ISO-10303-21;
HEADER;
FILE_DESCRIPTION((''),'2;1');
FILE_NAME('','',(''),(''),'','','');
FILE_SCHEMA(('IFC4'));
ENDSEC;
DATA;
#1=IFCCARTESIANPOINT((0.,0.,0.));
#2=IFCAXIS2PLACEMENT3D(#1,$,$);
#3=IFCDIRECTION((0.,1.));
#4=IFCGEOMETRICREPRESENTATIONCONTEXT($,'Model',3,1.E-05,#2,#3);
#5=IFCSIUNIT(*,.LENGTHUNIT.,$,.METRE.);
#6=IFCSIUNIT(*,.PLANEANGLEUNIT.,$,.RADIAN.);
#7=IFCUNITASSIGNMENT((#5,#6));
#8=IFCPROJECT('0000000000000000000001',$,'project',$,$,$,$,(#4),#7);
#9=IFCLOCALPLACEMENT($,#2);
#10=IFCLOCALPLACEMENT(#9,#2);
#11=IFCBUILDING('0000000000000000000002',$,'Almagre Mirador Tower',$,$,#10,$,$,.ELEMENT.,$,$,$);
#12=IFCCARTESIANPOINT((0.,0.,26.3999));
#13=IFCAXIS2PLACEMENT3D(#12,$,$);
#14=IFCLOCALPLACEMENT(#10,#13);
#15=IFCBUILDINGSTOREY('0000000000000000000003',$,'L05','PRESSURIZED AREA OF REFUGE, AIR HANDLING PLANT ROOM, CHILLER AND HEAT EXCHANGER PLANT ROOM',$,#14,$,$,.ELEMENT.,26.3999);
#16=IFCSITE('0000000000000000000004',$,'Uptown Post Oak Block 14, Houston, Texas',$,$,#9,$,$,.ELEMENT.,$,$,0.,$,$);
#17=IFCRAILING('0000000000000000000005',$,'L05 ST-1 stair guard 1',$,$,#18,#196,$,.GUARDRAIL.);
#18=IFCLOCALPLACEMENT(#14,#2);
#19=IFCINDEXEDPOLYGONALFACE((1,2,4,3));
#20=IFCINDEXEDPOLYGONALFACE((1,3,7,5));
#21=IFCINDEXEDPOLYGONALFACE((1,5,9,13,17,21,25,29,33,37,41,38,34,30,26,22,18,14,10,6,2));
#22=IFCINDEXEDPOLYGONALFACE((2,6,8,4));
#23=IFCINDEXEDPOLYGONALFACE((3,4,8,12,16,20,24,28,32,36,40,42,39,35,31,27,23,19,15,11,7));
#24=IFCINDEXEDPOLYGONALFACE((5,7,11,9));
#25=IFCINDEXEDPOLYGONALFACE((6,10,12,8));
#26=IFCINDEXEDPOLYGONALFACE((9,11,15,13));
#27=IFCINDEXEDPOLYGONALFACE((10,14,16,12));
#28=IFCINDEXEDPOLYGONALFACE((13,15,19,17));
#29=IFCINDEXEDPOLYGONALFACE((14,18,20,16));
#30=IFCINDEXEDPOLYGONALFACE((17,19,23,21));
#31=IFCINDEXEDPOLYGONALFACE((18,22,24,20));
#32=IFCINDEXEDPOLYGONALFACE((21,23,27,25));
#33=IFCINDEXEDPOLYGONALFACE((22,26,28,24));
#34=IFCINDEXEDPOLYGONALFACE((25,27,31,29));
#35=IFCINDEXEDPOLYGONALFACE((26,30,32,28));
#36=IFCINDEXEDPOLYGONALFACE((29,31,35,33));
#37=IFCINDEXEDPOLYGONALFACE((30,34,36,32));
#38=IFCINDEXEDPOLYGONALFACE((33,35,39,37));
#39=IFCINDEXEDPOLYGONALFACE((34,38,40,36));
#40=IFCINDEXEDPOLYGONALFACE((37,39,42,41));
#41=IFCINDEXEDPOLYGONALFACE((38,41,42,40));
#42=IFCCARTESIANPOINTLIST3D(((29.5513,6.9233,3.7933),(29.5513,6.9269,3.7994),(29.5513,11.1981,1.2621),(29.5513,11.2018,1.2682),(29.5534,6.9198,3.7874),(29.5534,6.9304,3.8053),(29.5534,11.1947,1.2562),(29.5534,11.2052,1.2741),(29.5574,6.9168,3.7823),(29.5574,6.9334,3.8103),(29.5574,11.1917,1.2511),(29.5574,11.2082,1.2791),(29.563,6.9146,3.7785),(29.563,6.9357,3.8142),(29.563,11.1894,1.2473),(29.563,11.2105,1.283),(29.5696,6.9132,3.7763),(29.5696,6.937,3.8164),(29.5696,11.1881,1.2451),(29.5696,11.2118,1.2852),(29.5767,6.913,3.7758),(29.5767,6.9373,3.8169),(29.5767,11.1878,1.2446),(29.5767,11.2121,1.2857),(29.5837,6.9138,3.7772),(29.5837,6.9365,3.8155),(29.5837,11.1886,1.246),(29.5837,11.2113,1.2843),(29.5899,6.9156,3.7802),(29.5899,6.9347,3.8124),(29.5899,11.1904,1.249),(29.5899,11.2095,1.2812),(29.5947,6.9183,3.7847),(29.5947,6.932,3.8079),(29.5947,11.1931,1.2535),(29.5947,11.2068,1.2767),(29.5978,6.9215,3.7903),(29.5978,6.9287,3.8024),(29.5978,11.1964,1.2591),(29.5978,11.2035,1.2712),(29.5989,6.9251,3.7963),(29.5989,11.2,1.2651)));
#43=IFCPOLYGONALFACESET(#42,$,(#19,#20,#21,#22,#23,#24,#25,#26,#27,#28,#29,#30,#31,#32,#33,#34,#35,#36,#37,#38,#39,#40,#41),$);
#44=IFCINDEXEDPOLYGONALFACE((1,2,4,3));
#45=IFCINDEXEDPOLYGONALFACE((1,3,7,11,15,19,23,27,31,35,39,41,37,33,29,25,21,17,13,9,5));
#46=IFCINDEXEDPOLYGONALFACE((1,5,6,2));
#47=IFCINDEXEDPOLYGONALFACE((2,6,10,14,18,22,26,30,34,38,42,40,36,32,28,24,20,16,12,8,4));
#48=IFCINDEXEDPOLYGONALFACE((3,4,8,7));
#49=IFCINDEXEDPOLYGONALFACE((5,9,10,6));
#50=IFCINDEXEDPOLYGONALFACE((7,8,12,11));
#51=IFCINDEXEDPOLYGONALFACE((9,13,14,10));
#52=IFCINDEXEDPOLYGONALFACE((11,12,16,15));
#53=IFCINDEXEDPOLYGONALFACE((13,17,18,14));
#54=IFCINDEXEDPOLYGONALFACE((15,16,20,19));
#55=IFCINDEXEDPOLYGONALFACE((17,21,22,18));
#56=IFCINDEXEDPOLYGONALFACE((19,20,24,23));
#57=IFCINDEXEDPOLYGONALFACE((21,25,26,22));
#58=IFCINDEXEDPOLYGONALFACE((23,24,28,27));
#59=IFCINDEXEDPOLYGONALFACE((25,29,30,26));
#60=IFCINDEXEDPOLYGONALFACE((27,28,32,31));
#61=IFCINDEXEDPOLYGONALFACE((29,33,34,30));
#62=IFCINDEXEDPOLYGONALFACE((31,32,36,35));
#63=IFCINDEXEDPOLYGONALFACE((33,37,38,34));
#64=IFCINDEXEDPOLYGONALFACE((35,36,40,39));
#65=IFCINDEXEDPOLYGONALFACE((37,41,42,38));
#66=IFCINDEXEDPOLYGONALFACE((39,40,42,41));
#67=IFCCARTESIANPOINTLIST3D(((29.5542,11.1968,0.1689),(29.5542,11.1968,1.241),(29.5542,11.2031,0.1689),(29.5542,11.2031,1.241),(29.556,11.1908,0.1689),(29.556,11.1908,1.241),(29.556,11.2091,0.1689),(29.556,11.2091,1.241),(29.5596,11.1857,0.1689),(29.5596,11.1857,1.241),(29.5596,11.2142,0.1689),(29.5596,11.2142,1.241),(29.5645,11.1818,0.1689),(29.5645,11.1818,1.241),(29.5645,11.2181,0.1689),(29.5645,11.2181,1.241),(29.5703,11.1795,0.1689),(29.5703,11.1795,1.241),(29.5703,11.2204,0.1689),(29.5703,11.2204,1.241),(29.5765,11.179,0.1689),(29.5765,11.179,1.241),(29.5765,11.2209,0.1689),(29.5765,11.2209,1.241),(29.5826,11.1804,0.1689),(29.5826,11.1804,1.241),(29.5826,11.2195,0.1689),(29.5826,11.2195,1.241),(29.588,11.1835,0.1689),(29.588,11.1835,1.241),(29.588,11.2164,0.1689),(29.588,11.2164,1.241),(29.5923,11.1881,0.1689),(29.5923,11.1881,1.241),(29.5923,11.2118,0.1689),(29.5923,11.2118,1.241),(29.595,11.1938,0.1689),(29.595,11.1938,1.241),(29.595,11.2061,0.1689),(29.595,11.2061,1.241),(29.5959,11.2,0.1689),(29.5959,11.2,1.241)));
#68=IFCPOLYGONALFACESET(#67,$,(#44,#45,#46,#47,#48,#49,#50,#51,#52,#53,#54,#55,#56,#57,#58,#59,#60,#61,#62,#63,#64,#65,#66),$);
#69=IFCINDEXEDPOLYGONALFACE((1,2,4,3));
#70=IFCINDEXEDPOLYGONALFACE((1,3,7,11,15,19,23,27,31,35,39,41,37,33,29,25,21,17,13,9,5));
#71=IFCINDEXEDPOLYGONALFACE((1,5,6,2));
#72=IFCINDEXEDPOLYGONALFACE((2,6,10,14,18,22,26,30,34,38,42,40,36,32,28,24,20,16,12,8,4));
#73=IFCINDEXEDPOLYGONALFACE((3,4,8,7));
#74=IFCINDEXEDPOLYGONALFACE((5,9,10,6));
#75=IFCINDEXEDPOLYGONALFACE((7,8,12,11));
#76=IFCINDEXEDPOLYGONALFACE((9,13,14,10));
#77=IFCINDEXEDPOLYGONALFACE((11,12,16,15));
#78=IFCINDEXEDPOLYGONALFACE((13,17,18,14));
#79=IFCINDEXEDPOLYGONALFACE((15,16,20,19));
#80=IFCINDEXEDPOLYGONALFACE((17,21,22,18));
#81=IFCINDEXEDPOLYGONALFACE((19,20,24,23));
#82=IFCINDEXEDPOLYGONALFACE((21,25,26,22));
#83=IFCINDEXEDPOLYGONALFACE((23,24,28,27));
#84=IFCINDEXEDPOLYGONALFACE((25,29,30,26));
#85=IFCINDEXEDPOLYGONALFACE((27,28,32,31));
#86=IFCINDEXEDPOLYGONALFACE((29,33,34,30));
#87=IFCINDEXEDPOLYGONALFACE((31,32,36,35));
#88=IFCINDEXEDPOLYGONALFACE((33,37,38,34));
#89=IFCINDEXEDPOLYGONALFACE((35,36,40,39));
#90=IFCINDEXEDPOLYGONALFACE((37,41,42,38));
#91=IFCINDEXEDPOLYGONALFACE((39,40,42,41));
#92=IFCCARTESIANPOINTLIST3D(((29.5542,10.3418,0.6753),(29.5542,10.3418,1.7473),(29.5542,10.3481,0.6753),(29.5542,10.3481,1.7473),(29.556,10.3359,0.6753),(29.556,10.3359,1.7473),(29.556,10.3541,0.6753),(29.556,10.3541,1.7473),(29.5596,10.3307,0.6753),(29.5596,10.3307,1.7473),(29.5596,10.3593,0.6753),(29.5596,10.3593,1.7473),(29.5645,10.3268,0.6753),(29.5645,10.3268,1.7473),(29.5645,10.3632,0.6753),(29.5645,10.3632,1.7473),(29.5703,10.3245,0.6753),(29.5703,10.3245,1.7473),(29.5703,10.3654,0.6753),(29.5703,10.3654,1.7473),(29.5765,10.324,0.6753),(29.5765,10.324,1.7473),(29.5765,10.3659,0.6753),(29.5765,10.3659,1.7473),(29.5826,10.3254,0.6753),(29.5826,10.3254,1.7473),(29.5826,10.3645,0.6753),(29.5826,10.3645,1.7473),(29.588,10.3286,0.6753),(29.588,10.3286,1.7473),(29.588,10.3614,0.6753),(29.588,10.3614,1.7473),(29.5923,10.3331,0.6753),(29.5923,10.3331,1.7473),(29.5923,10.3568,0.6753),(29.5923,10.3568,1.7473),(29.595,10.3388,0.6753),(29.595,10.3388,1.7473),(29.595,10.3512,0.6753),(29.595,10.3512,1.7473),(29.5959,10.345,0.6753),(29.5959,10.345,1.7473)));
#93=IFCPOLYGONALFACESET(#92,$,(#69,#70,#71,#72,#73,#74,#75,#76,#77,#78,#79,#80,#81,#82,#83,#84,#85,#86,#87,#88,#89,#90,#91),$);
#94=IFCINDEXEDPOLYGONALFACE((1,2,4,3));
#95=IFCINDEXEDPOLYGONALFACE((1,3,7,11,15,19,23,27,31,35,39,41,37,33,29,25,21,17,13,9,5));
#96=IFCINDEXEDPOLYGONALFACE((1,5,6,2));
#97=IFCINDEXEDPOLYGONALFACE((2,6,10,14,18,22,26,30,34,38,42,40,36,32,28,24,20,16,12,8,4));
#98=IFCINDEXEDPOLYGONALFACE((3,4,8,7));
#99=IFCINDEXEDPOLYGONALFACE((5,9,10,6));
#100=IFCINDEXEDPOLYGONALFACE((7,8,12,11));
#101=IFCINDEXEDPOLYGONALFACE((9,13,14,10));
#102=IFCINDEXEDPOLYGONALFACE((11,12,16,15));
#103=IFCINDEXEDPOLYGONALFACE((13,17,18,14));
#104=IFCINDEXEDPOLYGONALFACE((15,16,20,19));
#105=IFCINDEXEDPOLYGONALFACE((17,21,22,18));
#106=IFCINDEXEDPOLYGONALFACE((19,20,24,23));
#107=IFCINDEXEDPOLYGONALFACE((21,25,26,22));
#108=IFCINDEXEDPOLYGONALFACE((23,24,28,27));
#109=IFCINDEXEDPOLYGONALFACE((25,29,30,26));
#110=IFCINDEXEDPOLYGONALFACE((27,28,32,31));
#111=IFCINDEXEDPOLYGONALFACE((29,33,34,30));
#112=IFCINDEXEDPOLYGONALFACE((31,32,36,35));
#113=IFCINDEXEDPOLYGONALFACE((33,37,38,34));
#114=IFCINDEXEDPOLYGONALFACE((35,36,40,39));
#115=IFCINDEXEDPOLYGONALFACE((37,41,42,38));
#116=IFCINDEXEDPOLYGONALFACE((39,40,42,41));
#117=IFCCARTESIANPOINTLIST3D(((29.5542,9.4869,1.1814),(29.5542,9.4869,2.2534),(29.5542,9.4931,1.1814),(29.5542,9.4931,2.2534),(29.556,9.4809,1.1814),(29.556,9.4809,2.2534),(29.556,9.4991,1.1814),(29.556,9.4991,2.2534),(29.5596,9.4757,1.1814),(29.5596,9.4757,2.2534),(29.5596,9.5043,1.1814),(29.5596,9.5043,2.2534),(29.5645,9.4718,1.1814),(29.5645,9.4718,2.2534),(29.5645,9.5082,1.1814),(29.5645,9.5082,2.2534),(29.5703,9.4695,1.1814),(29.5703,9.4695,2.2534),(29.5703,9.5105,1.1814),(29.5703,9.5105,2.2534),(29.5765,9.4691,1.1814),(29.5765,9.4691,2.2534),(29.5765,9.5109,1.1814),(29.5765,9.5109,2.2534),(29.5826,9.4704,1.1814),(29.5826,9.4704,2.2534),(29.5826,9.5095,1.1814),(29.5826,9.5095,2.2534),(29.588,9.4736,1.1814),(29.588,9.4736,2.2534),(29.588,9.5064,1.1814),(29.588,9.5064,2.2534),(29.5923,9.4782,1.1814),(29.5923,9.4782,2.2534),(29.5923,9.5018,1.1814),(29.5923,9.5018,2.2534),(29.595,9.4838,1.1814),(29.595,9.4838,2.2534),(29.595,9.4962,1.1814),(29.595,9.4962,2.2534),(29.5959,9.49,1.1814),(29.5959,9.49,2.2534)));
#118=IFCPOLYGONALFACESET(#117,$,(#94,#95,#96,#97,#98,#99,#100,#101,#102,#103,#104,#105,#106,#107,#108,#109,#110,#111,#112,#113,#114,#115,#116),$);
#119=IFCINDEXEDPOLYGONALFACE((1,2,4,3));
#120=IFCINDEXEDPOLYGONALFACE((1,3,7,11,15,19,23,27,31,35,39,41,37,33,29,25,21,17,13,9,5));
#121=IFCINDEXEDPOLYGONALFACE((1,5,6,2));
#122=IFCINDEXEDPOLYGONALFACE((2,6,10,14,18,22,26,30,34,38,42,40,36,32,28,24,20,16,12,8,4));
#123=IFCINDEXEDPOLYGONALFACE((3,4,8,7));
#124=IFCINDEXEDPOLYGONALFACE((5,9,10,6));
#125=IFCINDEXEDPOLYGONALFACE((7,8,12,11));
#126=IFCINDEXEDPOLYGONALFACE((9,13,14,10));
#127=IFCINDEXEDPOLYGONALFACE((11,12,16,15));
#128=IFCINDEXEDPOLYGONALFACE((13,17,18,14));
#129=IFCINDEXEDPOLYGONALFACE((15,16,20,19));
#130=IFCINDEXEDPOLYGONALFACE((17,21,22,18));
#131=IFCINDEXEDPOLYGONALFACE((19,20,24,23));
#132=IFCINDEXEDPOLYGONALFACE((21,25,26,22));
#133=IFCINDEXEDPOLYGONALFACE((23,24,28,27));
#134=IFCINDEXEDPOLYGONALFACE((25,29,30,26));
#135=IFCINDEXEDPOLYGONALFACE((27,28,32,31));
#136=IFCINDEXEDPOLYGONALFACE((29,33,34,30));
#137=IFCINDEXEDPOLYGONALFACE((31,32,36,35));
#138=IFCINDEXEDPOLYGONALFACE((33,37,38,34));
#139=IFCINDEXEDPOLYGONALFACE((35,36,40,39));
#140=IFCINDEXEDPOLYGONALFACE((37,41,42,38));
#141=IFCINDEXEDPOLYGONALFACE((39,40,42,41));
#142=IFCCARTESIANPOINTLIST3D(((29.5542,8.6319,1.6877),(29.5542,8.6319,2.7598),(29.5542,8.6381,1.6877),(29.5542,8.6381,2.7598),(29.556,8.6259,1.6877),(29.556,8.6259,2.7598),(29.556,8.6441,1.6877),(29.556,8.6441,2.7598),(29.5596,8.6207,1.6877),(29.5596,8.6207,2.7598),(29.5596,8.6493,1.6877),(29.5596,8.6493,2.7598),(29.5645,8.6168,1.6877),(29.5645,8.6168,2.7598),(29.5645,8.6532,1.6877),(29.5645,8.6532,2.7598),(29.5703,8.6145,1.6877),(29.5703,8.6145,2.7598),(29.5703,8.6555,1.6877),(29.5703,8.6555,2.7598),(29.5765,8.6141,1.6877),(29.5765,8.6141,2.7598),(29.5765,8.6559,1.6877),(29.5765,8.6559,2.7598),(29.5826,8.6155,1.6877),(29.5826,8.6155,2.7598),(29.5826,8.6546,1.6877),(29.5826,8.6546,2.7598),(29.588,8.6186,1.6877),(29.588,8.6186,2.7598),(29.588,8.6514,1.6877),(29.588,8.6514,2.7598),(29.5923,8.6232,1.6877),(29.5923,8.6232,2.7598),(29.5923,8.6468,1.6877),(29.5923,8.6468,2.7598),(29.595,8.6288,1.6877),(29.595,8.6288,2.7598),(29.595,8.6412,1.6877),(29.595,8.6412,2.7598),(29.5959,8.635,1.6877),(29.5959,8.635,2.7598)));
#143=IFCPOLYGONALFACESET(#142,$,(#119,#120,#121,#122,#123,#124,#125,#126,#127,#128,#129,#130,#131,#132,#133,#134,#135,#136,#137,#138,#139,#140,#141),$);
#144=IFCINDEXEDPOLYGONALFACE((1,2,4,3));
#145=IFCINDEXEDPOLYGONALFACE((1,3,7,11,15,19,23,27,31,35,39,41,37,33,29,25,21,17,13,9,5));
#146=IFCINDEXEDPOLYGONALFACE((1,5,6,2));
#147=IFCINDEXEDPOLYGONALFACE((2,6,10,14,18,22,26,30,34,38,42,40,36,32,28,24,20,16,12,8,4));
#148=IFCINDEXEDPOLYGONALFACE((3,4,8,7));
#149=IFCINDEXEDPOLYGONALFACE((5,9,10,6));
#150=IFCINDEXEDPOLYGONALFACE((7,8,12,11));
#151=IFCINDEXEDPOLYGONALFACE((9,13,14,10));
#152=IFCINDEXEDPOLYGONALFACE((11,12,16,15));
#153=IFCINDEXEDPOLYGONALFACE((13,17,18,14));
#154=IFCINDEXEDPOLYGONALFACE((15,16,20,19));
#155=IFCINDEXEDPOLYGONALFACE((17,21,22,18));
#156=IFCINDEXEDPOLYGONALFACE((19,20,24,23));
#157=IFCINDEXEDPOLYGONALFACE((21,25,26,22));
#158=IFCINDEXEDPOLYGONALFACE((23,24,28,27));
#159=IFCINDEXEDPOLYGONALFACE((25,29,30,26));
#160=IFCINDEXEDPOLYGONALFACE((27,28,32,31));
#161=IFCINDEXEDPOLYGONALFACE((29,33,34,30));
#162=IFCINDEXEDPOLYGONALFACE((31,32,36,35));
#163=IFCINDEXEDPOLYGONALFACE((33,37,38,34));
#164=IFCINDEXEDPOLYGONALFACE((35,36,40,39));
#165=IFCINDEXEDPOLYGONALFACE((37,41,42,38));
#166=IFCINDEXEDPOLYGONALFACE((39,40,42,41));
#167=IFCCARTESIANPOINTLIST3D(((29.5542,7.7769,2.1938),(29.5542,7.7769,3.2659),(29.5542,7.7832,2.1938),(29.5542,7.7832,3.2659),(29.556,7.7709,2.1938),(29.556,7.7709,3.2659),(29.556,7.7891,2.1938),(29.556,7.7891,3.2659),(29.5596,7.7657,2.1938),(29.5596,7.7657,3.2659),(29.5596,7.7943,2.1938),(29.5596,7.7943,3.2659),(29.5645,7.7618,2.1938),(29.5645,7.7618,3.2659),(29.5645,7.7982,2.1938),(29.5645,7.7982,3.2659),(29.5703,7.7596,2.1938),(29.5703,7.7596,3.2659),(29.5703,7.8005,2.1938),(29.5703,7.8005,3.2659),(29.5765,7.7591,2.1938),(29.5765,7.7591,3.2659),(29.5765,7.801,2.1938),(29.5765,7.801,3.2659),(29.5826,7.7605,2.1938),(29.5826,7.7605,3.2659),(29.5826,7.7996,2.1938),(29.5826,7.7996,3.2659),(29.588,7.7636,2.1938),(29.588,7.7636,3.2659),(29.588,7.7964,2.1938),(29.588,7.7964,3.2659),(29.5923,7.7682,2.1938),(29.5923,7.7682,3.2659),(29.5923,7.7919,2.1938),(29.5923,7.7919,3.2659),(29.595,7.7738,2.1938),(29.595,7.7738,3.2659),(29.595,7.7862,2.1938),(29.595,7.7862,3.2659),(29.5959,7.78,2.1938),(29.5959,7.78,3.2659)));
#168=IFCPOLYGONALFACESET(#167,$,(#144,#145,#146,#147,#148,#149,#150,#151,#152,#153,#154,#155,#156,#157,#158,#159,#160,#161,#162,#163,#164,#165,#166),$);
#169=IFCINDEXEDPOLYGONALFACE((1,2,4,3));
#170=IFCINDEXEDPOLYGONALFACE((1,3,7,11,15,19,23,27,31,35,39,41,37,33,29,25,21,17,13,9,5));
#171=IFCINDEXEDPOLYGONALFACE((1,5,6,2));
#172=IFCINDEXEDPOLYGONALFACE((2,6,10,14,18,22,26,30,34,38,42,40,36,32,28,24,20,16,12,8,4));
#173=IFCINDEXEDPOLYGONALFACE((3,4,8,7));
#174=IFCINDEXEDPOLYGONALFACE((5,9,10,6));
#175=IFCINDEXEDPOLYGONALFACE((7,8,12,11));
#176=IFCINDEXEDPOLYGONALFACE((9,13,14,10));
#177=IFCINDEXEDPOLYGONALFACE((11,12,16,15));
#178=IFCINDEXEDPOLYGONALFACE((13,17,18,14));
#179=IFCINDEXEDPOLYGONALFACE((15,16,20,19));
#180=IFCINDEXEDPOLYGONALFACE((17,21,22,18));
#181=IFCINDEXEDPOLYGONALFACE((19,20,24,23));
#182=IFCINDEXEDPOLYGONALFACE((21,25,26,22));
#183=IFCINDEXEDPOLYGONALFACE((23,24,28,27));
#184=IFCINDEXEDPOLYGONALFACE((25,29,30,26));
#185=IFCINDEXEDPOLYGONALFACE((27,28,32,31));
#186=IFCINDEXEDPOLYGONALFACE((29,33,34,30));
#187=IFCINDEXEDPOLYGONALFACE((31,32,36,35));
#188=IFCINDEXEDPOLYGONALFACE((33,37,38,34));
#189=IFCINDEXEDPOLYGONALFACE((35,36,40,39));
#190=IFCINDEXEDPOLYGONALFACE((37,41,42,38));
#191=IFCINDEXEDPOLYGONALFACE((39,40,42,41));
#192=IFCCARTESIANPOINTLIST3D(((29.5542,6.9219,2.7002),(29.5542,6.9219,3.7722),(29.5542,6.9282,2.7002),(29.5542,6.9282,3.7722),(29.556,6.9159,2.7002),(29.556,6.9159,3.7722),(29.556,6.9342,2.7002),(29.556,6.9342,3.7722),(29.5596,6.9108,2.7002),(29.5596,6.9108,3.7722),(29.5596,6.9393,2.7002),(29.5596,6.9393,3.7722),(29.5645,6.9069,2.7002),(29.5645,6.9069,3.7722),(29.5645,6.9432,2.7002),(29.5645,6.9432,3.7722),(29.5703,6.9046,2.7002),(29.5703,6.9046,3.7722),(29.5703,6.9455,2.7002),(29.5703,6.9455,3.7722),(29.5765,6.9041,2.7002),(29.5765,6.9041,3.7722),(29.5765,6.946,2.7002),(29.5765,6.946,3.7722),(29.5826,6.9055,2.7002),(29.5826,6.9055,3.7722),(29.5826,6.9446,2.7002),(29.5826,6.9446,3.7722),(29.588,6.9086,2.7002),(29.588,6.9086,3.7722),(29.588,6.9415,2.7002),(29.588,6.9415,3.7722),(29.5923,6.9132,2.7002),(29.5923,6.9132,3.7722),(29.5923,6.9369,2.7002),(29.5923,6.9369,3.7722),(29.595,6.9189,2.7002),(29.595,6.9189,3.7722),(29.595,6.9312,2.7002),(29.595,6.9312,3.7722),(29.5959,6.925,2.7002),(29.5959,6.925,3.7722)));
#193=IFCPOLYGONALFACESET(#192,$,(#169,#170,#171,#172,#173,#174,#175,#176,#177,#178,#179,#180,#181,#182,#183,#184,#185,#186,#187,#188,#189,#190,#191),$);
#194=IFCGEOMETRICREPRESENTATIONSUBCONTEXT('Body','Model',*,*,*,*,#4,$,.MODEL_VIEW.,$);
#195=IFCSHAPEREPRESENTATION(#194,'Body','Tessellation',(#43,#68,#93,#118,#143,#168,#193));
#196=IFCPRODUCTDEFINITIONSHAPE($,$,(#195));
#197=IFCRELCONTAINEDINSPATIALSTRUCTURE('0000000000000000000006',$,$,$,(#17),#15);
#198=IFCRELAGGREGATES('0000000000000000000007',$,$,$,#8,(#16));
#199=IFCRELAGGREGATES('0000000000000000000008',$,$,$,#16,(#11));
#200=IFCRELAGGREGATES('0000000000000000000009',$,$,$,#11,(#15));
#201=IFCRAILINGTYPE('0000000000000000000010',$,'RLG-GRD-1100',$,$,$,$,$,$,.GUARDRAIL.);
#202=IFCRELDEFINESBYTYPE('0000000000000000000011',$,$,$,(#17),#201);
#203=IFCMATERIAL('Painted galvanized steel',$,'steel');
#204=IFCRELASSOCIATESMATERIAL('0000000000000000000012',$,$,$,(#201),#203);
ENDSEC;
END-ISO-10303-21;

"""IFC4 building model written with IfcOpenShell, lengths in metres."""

from ifc_helpers import new_model, si_unit, direction, frame, origin, origin_2d, place, context, subcontext, project, spatial, circle, extrude, material, type_object, element, save


model = new_model("IFC4")

# Units and contexts
model_context = context("Model", 3, precision=1e-05, world=origin(), true_north=direction((0.0, 1.0)))
body_context = subcontext(model_context, "Body", "Model", "MODEL_VIEW")
ifc_project = project(units=[si_unit("LENGTHUNIT", "METRE"), si_unit("PLANEANGLEUNIT", "RADIAN")], contexts=[model_context])

# Site, building, storey
site_placement = place(None, origin())
site = spatial("IfcSite", under=ifc_project, at=site_placement, Name="Uptown Post Oak Block 14, Houston, Texas", CompositionType="ELEMENT", RefElevation=0.0)
building_placement = place(site_placement, origin())
building = spatial("IfcBuilding", under=site, at=building_placement, Name="Almagre Mirador Tower", CompositionType="ELEMENT")
storey_placement = place(building_placement, frame((0.0, 0.0, 26.3999)))
storey = spatial("IfcBuildingStorey", under=building, at=storey_placement, Name="L05", Description="PRESSURIZED AREA OF REFUGE, AIR HANDLING PLANT ROOM, CHILLER AND HEAT EXCHANGER PLANT ROOM", CompositionType="ELEMENT", Elevation=26.3999)

# Railing
ifc_material_1 = material(Name="Painted galvanized steel", Category="steel")
railing_type_1 = type_object("IfcRailingType", Name="RLG-GRD-1100", PredefinedType="GUARDRAIL", material=ifc_material_1)
railing_1_placement = place(storey_placement, frame((29.575, 11.2, 0.1689)))
element("IfcRailing", 1, at=railing_1_placement, inside=storey, type_object=railing_type_1, Name="L05 ST-1 stair guard 1", PredefinedType="GUARDRAIL", context=body_context, shape_type="SweptSolid", body=[
    extrude(circle(Radius=0.0239, at=origin_2d()), frame((0.0, 0.0, 1.0962), z_axis=(0.0, -0.86047, 0.509501), x_axis=(1.0, 0.0, 0.0)), (0.0, 0.0, 1.0), 4.968),
    extrude(circle(Radius=0.021, at=origin_2d()), origin(), (0.0, 0.0, 1.0), 1.072),
    extrude(circle(Radius=0.021, at=origin_2d()), frame((0.0, -0.855, 0.5063)), (0.0, 0.0, 1.0), 1.072),
    extrude(circle(Radius=0.021, at=origin_2d()), frame((0.0, -1.71, 1.0125)), (0.0, 0.0, 1.0), 1.072),
    extrude(circle(Radius=0.021, at=origin_2d()), frame((0.0, -2.5649, 1.5188)), (0.0, 0.0, 1.0), 1.072),
    extrude(circle(Radius=0.021, at=origin_2d()), frame((0.0, -3.4199, 2.0249)), (0.0, 0.0, 1.0), 1.072),
    extrude(circle(Radius=0.021, at=origin_2d()), frame((0.0, -4.2749, 2.5312)), (0.0, 0.0, 1.0), 1.072),
])

save(model, "model.ifc")
